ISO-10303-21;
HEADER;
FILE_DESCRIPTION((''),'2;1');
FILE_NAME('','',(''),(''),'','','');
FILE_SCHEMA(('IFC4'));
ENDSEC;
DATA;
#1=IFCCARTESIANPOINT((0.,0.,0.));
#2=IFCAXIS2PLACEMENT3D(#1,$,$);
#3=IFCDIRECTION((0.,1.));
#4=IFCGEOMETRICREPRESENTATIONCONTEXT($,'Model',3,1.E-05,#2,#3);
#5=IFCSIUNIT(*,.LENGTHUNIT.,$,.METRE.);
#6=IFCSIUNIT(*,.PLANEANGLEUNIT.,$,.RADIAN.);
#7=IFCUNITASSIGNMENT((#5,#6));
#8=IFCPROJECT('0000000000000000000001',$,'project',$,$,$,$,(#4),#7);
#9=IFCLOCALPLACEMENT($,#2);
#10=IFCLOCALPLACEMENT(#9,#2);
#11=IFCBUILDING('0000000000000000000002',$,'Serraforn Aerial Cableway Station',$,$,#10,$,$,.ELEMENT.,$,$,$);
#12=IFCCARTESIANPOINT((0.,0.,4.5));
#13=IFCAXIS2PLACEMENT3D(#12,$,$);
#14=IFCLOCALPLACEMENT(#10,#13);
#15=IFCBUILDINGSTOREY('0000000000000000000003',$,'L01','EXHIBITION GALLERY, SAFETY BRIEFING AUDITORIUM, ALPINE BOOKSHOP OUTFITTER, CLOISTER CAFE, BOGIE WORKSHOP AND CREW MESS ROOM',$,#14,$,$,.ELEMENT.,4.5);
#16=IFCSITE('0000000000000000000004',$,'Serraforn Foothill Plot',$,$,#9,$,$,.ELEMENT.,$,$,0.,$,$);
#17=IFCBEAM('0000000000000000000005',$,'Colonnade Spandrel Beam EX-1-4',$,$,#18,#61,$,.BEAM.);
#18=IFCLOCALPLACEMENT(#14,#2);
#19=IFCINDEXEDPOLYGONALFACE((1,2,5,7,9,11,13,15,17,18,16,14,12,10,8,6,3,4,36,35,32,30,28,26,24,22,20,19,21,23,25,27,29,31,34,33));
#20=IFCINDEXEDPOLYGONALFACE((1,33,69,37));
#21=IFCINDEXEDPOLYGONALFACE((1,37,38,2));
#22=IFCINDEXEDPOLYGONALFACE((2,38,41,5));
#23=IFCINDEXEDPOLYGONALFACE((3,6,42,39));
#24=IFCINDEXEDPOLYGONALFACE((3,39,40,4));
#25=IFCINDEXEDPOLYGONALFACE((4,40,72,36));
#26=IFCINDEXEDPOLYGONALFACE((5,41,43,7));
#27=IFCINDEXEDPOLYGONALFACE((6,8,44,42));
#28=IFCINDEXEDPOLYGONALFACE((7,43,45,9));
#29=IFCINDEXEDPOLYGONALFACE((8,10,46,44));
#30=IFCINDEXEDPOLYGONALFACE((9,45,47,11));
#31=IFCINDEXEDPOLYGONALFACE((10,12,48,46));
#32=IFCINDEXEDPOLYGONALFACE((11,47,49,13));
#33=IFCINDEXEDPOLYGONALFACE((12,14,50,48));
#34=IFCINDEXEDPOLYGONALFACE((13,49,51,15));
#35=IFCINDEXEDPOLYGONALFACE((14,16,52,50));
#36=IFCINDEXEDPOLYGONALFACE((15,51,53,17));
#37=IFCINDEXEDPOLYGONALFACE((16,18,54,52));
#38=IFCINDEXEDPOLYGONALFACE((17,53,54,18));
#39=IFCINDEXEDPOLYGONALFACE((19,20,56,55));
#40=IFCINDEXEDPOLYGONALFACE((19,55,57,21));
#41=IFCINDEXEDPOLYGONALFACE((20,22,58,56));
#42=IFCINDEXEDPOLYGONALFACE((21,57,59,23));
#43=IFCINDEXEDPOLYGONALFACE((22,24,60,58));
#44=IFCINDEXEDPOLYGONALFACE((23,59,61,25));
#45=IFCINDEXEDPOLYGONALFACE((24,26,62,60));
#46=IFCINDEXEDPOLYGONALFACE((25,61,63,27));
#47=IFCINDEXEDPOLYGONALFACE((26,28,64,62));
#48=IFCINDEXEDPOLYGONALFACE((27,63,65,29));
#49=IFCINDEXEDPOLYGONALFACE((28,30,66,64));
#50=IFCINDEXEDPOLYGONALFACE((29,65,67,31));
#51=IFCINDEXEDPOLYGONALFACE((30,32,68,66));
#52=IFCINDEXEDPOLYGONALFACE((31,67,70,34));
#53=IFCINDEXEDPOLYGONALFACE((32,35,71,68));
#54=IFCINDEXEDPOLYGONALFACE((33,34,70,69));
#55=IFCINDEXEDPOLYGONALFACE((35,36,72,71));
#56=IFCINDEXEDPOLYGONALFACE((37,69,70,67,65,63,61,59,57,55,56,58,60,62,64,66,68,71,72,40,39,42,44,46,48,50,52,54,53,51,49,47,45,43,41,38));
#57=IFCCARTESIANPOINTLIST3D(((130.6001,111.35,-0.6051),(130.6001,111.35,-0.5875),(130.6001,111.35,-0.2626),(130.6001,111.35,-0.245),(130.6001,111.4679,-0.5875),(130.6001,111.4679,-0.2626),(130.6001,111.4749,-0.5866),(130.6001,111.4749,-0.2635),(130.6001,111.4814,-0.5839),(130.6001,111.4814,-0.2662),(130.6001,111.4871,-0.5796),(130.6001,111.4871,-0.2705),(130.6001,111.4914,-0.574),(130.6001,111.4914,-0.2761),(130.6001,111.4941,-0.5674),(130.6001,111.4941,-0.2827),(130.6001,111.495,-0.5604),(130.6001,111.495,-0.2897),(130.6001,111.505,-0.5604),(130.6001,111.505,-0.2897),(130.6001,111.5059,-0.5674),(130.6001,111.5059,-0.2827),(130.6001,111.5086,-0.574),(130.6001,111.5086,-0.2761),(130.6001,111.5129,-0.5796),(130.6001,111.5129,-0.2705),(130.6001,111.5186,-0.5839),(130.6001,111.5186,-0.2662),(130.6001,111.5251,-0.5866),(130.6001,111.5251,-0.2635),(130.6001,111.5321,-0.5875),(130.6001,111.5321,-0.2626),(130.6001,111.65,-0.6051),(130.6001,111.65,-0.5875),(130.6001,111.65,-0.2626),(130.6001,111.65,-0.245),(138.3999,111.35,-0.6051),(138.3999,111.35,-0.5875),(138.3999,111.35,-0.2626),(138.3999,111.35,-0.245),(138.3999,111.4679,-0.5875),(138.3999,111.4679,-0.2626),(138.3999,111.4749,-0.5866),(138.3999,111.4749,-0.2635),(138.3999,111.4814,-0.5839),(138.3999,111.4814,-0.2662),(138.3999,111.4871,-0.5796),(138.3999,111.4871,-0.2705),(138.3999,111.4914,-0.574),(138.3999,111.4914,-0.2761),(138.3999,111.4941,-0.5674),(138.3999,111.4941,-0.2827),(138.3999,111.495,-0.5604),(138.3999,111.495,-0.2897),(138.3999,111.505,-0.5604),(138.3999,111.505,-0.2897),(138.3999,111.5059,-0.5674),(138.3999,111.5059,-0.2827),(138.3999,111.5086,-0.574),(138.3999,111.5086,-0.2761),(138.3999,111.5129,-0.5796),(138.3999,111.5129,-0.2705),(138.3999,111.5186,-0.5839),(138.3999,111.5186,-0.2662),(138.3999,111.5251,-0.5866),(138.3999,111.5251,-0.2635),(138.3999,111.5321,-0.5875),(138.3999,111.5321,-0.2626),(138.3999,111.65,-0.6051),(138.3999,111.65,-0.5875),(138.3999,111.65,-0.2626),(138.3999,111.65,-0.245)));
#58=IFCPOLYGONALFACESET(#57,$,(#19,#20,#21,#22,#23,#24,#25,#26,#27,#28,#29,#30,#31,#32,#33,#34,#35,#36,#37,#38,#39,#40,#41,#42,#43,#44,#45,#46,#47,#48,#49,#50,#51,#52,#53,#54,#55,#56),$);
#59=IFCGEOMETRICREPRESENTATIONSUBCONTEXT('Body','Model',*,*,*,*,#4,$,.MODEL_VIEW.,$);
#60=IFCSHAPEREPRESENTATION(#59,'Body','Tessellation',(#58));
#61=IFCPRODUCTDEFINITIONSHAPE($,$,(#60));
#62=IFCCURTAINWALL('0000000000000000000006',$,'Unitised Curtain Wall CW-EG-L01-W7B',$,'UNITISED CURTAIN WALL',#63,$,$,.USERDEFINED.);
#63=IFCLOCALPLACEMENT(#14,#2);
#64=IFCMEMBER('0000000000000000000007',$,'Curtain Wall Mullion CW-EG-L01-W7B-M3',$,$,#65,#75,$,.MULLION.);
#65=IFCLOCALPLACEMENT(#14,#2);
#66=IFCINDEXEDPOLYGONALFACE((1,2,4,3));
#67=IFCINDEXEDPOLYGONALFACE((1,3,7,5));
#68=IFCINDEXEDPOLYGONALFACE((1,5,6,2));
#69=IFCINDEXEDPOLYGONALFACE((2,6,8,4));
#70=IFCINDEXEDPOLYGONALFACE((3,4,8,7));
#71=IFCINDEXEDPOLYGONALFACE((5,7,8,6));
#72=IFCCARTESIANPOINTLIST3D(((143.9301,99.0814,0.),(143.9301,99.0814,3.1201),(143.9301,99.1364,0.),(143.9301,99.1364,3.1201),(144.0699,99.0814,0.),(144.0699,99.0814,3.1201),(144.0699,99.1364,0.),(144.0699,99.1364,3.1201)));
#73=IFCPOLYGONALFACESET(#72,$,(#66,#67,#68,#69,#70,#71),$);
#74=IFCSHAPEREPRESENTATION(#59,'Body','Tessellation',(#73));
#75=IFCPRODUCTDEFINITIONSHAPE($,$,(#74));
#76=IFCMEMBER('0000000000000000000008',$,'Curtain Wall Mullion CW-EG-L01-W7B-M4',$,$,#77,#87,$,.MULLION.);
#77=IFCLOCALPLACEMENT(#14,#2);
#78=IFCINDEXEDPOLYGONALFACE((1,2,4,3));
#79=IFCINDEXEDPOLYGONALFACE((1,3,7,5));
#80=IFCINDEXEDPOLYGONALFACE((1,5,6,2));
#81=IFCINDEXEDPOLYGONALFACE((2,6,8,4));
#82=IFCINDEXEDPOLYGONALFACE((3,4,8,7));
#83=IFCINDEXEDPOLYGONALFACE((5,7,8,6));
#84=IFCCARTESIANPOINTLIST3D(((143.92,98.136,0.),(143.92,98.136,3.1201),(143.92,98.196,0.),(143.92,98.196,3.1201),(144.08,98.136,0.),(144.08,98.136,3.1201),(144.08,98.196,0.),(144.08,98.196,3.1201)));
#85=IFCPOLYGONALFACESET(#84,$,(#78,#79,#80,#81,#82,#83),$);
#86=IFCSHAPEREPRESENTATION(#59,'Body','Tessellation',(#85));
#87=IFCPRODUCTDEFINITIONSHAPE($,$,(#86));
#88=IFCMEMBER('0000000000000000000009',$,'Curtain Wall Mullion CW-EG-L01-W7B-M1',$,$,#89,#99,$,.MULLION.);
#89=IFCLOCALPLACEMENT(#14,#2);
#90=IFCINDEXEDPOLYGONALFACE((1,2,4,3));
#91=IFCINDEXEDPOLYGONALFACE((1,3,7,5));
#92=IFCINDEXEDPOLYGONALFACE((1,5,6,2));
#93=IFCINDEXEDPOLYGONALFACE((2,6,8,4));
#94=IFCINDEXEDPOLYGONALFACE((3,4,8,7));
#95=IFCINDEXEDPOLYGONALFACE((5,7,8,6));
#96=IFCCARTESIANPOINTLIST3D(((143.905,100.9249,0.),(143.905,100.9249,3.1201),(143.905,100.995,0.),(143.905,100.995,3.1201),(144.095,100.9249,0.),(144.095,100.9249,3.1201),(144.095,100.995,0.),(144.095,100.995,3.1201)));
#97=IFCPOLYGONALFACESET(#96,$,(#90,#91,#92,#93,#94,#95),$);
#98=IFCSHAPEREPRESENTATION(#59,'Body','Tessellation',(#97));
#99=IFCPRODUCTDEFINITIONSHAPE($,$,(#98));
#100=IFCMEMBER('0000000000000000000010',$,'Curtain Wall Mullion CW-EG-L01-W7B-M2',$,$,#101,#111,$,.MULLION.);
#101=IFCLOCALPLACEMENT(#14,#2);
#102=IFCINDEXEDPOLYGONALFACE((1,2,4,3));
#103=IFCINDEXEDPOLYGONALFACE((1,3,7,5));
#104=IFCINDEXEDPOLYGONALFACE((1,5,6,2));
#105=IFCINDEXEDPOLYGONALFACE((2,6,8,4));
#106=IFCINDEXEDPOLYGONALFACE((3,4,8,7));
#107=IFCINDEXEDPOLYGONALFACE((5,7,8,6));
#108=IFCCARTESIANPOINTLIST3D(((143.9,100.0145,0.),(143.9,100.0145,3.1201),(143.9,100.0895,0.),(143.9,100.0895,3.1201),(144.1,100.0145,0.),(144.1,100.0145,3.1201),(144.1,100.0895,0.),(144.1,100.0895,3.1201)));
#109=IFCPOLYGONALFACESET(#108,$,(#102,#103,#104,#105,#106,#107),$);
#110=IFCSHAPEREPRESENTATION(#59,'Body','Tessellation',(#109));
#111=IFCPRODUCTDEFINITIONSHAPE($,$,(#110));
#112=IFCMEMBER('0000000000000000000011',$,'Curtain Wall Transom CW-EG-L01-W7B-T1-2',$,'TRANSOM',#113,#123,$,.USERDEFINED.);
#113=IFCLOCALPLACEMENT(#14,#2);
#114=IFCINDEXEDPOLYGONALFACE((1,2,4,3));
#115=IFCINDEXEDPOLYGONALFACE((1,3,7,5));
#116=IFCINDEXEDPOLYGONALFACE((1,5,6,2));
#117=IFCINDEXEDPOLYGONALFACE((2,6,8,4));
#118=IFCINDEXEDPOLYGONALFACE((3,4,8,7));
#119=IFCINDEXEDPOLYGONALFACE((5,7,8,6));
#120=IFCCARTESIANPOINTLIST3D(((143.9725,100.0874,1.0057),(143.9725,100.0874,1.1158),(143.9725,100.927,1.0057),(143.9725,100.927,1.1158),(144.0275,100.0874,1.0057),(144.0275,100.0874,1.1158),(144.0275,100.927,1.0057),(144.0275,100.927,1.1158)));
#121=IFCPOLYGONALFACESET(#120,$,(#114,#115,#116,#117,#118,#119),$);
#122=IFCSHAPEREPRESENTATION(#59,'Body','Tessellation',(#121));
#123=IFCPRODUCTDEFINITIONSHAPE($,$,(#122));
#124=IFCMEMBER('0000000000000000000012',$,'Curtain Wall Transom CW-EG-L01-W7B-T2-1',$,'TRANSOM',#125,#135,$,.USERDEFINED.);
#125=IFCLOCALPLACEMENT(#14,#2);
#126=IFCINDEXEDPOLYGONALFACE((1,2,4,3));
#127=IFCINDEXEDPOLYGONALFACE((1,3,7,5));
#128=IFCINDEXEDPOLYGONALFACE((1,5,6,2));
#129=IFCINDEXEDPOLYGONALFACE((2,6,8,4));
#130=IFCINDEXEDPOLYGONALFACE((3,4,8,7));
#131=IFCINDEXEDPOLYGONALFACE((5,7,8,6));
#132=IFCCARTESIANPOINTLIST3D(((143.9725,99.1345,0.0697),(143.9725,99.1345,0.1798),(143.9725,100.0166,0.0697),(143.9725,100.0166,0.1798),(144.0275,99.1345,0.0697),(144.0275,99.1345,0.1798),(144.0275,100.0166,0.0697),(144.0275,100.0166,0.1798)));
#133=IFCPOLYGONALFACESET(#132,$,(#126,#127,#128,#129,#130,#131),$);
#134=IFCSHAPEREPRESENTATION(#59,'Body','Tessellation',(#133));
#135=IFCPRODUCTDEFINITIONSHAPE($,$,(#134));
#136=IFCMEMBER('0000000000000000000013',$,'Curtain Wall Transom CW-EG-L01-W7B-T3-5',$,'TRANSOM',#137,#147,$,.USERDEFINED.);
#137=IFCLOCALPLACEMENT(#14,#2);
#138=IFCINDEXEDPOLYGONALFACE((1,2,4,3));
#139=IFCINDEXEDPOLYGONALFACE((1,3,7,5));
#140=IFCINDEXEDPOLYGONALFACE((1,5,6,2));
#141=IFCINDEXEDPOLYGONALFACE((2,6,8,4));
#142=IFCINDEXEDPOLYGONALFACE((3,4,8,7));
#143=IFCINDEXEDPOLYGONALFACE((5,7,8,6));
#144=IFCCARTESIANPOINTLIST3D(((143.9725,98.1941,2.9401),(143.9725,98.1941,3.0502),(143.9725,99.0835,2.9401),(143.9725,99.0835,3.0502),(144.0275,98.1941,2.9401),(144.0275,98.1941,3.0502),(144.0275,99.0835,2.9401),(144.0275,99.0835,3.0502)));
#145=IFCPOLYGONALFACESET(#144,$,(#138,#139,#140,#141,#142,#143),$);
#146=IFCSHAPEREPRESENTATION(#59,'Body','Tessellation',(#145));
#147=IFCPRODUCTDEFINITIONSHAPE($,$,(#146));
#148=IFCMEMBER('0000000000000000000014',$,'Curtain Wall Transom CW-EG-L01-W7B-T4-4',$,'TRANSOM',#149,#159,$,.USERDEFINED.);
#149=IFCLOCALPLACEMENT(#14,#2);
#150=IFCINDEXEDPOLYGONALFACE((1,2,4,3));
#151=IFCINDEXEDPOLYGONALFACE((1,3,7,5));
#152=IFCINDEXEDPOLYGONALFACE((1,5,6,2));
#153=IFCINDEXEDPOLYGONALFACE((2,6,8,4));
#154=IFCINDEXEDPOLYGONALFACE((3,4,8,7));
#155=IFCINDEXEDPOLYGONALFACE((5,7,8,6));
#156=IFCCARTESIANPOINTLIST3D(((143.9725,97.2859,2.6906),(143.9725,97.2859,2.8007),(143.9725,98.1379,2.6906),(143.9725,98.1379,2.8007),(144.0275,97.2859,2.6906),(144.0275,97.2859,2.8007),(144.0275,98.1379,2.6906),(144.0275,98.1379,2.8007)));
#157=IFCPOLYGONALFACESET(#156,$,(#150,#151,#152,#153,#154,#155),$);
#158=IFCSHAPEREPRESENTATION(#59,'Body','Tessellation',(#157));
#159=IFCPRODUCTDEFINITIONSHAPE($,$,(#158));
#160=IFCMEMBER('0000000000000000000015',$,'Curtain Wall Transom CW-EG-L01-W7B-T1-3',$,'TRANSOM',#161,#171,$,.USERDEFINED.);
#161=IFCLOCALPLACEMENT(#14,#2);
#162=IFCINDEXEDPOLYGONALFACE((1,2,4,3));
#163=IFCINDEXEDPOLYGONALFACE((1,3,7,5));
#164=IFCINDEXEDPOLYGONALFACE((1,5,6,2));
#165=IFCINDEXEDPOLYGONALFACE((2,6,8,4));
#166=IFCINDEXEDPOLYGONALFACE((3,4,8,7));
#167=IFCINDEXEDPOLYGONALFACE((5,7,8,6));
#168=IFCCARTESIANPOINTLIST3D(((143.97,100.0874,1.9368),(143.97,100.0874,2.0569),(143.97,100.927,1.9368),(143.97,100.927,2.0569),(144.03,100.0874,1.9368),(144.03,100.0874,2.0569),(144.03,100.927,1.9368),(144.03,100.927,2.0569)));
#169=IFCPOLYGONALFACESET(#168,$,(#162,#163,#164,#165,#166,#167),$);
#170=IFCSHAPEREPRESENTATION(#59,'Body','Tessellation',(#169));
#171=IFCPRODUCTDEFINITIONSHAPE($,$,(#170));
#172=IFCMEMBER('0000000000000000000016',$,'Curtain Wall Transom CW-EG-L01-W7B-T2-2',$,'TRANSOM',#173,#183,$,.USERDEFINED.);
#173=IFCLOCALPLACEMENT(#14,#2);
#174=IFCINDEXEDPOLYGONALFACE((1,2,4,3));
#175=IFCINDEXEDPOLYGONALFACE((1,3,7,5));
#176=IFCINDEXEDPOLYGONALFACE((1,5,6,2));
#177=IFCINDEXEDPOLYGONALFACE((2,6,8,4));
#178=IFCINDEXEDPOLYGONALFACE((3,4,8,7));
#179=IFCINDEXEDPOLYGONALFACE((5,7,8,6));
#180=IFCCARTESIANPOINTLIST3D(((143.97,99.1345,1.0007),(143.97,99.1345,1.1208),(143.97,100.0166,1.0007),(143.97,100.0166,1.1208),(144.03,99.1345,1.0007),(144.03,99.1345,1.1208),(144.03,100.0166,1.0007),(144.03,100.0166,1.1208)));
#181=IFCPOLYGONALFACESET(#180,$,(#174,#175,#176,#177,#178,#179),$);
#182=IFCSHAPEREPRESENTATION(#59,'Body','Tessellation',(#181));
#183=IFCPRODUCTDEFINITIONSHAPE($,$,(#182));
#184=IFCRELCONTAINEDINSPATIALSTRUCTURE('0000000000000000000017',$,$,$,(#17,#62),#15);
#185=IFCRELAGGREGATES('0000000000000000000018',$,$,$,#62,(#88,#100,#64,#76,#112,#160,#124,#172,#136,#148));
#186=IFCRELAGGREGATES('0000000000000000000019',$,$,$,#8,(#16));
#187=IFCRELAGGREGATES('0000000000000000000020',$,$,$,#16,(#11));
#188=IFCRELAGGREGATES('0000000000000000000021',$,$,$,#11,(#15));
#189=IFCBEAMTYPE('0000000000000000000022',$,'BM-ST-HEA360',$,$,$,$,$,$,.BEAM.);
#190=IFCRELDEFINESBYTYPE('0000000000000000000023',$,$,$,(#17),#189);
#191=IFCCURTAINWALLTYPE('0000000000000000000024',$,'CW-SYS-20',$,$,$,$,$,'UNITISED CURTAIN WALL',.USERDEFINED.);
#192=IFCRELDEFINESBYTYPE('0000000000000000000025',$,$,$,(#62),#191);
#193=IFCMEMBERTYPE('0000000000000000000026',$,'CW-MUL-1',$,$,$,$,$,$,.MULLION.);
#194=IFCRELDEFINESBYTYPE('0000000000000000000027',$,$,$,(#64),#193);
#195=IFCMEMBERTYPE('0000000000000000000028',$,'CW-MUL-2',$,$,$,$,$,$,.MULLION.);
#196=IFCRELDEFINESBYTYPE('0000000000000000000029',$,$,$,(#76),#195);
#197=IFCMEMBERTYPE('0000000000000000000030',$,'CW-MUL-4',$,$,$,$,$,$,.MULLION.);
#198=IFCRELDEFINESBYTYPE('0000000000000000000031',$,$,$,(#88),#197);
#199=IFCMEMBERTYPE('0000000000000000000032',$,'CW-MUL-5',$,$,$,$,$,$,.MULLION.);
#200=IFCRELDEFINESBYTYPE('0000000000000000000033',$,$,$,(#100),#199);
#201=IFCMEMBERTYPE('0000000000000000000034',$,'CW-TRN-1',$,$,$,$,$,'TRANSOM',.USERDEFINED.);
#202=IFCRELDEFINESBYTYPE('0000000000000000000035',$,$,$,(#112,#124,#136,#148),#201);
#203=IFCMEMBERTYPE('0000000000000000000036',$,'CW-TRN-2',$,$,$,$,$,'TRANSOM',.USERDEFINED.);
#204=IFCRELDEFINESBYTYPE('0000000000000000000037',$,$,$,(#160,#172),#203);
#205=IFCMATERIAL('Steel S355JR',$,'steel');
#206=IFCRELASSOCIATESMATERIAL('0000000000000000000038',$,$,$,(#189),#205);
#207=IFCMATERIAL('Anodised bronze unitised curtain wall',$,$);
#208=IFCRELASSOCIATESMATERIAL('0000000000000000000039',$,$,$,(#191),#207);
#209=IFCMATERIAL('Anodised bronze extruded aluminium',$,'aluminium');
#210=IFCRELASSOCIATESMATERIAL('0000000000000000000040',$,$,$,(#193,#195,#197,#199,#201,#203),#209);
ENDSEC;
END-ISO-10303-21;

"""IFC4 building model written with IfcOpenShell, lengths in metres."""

from ifc_helpers import new_model, si_unit, direction, frame, origin, origin_2d, place, context, subcontext, project, spatial, rectangle, i_section, extrude, material, material_profile, profile_set, type_object, element, aggregate, save


model = new_model("IFC4")

# Units and contexts
model_context = context("Model", 3, precision=1e-05, world=origin(), true_north=direction((0.0, 1.0)))
body_context = subcontext(model_context, "Body", "Model", "MODEL_VIEW")
ifc_project = project(units=[si_unit("LENGTHUNIT", "METRE"), si_unit("PLANEANGLEUNIT", "RADIAN")], contexts=[model_context])

# Site, building, storey
site_placement = place(None, origin())
site = spatial("IfcSite", under=ifc_project, at=site_placement, Name="Serraforn Foothill Plot", CompositionType="ELEMENT", RefElevation=0.0)
building_placement = place(site_placement, origin())
building = spatial("IfcBuilding", under=site, at=building_placement, Name="Serraforn Aerial Cableway Station", CompositionType="ELEMENT")
storey_placement = place(building_placement, frame((0.0, 0.0, 4.5)))
storey = spatial("IfcBuildingStorey", under=building, at=storey_placement, Name="L01", Description="EXHIBITION GALLERY, SAFETY BRIEFING AUDITORIUM, ALPINE BOOKSHOP OUTFITTER, CLOISTER CAFE, BOGIE WORKSHOP AND CREW MESS ROOM", CompositionType="ELEMENT", Elevation=4.5)

# Beam
ifc_material_1 = material(Name="Steel S355JR", Category="steel")
ifc_material_profile_1 = material_profile(ifc_material_1, i_section(OverallWidth=0.3, OverallDepth=0.3601, WebThickness=0.01, FlangeThickness=0.0176, FilletRadius=0.0271, at=origin_2d()), Name="HEA 360")
ifc_profile_set_1 = profile_set([ifc_material_profile_1], Name="Steel S355JR")
beam_type = type_object("IfcBeamType", Name="BM-ST-HEA360", PredefinedType="BEAM", material=ifc_profile_set_1)
beam_placement = place(storey_placement, frame((130.6001, 111.5, -0.425), z_axis=(1.0, 0.0, 0.0), x_axis=(0.0, 1.0, 0.0)))
element("IfcBeam", 1, at=beam_placement, inside=storey, type_object=beam_type, Name="Colonnade Spandrel Beam EX-1-4", PredefinedType="BEAM", context=body_context, shape_type="SweptSolid", body=[
    extrude(i_section(OverallWidth=0.3, OverallDepth=0.3601, WebThickness=0.01, FlangeThickness=0.0176, FilletRadius=0.0271, at=origin_2d()), origin(), (0.0, 0.0, 1.0), 7.7998),
])

# Curtain wall, members
ifc_material_2 = material(Name="Anodised bronze unitised curtain wall")
curtain_wall_type = type_object("IfcCurtainWallType", Name="CW-SYS-20", ElementType="UNITISED CURTAIN WALL", PredefinedType="USERDEFINED", material=ifc_material_2)
curtain_wall_placement = place(storey_placement, origin())
curtain_wall = element("IfcCurtainWall", 2, at=curtain_wall_placement, inside=storey, type_object=curtain_wall_type, Name="Unitised Curtain Wall CW-EG-L01-W7B", ObjectType="UNITISED CURTAIN WALL", PredefinedType="USERDEFINED")
ifc_material_3 = material(Name="Anodised bronze extruded aluminium", Category="aluminium")
ifc_material_profile_2 = material_profile(ifc_material_3, rectangle(XDim=0.0549, YDim=0.1399, at=origin_2d()), Name="CW MULLION 55x140")
ifc_profile_set_2 = profile_set([ifc_material_profile_2], Name="Anodised bronze extruded aluminium")
member_type_1 = type_object("IfcMemberType", Name="CW-MUL-1", PredefinedType="MULLION", material=ifc_profile_set_2)
member_1_placement = place(storey_placement, frame((144.0, 99.1089, 0.0), z_axis=(0.0, 0.0, 1.0), x_axis=(0.0, -1.0, 0.0)))
member_1 = element("IfcMember", 3, at=member_1_placement, type_object=member_type_1, Name="Curtain Wall Mullion CW-EG-L01-W7B-M3", PredefinedType="MULLION", context=body_context, shape_type="SweptSolid", body=[
    extrude(rectangle(XDim=0.0549, YDim=0.1399, at=origin_2d()), origin(), (0.0, 0.0, 1.0), 3.1201),
])
ifc_material_profile_3 = material_profile(ifc_material_3, rectangle(XDim=0.0601, YDim=0.1599, at=origin_2d()), Name="CW MULLION 60x160")
ifc_profile_set_3 = profile_set([ifc_material_profile_3], Name="Anodised bronze extruded aluminium")
member_type_2 = type_object("IfcMemberType", Name="CW-MUL-2", PredefinedType="MULLION", material=ifc_profile_set_3)
member_2_placement = place(storey_placement, frame((144.0, 98.166, 0.0), z_axis=(0.0, 0.0, 1.0), x_axis=(0.0, -1.0, 0.0)))
member_2 = element("IfcMember", 4, at=member_2_placement, type_object=member_type_2, Name="Curtain Wall Mullion CW-EG-L01-W7B-M4", PredefinedType="MULLION", context=body_context, shape_type="SweptSolid", body=[
    extrude(rectangle(XDim=0.0601, YDim=0.1599, at=origin_2d()), origin(), (0.0, 0.0, 1.0), 3.1201),
])
ifc_material_profile_4 = material_profile(ifc_material_3, rectangle(XDim=0.0701, YDim=0.1899, at=origin_2d()), Name="CW MULLION 70x190")
ifc_profile_set_4 = profile_set([ifc_material_profile_4], Name="Anodised bronze extruded aluminium")
member_type_3 = type_object("IfcMemberType", Name="CW-MUL-4", PredefinedType="MULLION", material=ifc_profile_set_4)
member_3_placement = place(storey_placement, frame((144.0, 100.96, 0.0), z_axis=(0.0, 0.0, 1.0), x_axis=(0.0, -1.0, 0.0)))
member_3 = element("IfcMember", 5, at=member_3_placement, type_object=member_type_3, Name="Curtain Wall Mullion CW-EG-L01-W7B-M1", PredefinedType="MULLION", context=body_context, shape_type="SweptSolid", body=[
    extrude(rectangle(XDim=0.0701, YDim=0.1899, at=origin_2d()), origin(), (0.0, 0.0, 1.0), 3.1201),
])
ifc_material_profile_5 = material_profile(ifc_material_3, rectangle(XDim=0.075, YDim=0.2, at=origin_2d()), Name="CW MULLION 75x200")
ifc_profile_set_5 = profile_set([ifc_material_profile_5], Name="Anodised bronze extruded aluminium")
member_type_4 = type_object("IfcMemberType", Name="CW-MUL-5", PredefinedType="MULLION", material=ifc_profile_set_5)
member_4_placement = place(storey_placement, frame((144.0, 100.052, 0.0), z_axis=(0.0, 0.0, 1.0), x_axis=(0.0, -1.0, 0.0)))
member_4 = element("IfcMember", 6, at=member_4_placement, type_object=member_type_4, Name="Curtain Wall Mullion CW-EG-L01-W7B-M2", PredefinedType="MULLION", context=body_context, shape_type="SweptSolid", body=[
    extrude(rectangle(XDim=0.075, YDim=0.2, at=origin_2d()), origin(), (0.0, 0.0, 1.0), 3.1201),
])
ifc_material_profile_6 = material_profile(ifc_material_3, rectangle(XDim=0.0549, YDim=0.1101, at=origin_2d()), Name="CW TRANSOM 55x110")
ifc_profile_set_6 = profile_set([ifc_material_profile_6], Name="Anodised bronze extruded aluminium")
member_type_5 = type_object("IfcMemberType", Name="CW-TRN-1", ElementType="TRANSOM", PredefinedType="USERDEFINED", material=ifc_profile_set_6)
member_5_placement = place(storey_placement, frame((144.0, 100.927, 1.0608), z_axis=(0.0, -1.0, 0.0), x_axis=(1.0, 0.0, 0.0)))
member_5 = element("IfcMember", 7, at=member_5_placement, type_object=member_type_5, Name="Curtain Wall Transom CW-EG-L01-W7B-T1-2", ObjectType="TRANSOM", PredefinedType="USERDEFINED", context=body_context, shape_type="SweptSolid", body=[
    extrude(rectangle(XDim=0.0549, YDim=0.1101, at=origin_2d()), origin(), (0.0, 0.0, 1.0), 0.8396),
])
member_6_placement = place(storey_placement, frame((144.0, 100.0166, 0.1248), z_axis=(0.0, -1.0, 0.0), x_axis=(1.0, 0.0, 0.0)))
member_6 = element("IfcMember", 8, at=member_6_placement, type_object=member_type_5, Name="Curtain Wall Transom CW-EG-L01-W7B-T2-1", ObjectType="TRANSOM", PredefinedType="USERDEFINED", context=body_context, shape_type="SweptSolid", body=[
    extrude(rectangle(XDim=0.0549, YDim=0.1101, at=origin_2d()), origin(), (0.0, 0.0, 1.0), 0.8821),
])
member_7_placement = place(storey_placement, frame((144.0, 99.0835, 2.9951), z_axis=(0.0, -1.0, 0.0), x_axis=(1.0, 0.0, 0.0)))
member_7 = element("IfcMember", 9, at=member_7_placement, type_object=member_type_5, Name="Curtain Wall Transom CW-EG-L01-W7B-T3-5", ObjectType="TRANSOM", PredefinedType="USERDEFINED", context=body_context, shape_type="SweptSolid", body=[
    extrude(rectangle(XDim=0.0549, YDim=0.1101, at=origin_2d()), origin(), (0.0, 0.0, 1.0), 0.8894),
])
member_8_placement = place(storey_placement, frame((144.0, 98.1379, 2.7456), z_axis=(0.0, -1.0, 0.0), x_axis=(1.0, 0.0, 0.0)))
member_8 = element("IfcMember", 10, at=member_8_placement, type_object=member_type_5, Name="Curtain Wall Transom CW-EG-L01-W7B-T4-4", ObjectType="TRANSOM", PredefinedType="USERDEFINED", context=body_context, shape_type="SweptSolid", body=[
    extrude(rectangle(XDim=0.0549, YDim=0.1101, at=origin_2d()), origin(), (0.0, 0.0, 1.0), 0.8521),
])
ifc_material_profile_7 = material_profile(ifc_material_3, rectangle(XDim=0.0601, YDim=0.1201, at=origin_2d()), Name="CW TRANSOM 60x120")
ifc_profile_set_7 = profile_set([ifc_material_profile_7], Name="Anodised bronze extruded aluminium")
member_type_6 = type_object("IfcMemberType", Name="CW-TRN-2", ElementType="TRANSOM", PredefinedType="USERDEFINED", material=ifc_profile_set_7)
member_9_placement = place(storey_placement, frame((144.0, 100.927, 1.9968), z_axis=(0.0, -1.0, 0.0), x_axis=(1.0, 0.0, 0.0)))
member_9 = element("IfcMember", 11, at=member_9_placement, type_object=member_type_6, Name="Curtain Wall Transom CW-EG-L01-W7B-T1-3", ObjectType="TRANSOM", PredefinedType="USERDEFINED", context=body_context, shape_type="SweptSolid", body=[
    extrude(rectangle(XDim=0.0601, YDim=0.1201, at=origin_2d()), origin(), (0.0, 0.0, 1.0), 0.8396),
])
member_10_placement = place(storey_placement, frame((144.0, 100.0166, 1.0608), z_axis=(0.0, -1.0, 0.0), x_axis=(1.0, 0.0, 0.0)))
member_10 = element("IfcMember", 12, at=member_10_placement, type_object=member_type_6, Name="Curtain Wall Transom CW-EG-L01-W7B-T2-2", ObjectType="TRANSOM", PredefinedType="USERDEFINED", context=body_context, shape_type="SweptSolid", body=[
    extrude(rectangle(XDim=0.0601, YDim=0.1201, at=origin_2d()), origin(), (0.0, 0.0, 1.0), 0.8821),
])
aggregate(curtain_wall, [member_3, member_4, member_1, member_2, member_5, member_9, member_6, member_10, member_7, member_8])

save(model, "model.ifc")
